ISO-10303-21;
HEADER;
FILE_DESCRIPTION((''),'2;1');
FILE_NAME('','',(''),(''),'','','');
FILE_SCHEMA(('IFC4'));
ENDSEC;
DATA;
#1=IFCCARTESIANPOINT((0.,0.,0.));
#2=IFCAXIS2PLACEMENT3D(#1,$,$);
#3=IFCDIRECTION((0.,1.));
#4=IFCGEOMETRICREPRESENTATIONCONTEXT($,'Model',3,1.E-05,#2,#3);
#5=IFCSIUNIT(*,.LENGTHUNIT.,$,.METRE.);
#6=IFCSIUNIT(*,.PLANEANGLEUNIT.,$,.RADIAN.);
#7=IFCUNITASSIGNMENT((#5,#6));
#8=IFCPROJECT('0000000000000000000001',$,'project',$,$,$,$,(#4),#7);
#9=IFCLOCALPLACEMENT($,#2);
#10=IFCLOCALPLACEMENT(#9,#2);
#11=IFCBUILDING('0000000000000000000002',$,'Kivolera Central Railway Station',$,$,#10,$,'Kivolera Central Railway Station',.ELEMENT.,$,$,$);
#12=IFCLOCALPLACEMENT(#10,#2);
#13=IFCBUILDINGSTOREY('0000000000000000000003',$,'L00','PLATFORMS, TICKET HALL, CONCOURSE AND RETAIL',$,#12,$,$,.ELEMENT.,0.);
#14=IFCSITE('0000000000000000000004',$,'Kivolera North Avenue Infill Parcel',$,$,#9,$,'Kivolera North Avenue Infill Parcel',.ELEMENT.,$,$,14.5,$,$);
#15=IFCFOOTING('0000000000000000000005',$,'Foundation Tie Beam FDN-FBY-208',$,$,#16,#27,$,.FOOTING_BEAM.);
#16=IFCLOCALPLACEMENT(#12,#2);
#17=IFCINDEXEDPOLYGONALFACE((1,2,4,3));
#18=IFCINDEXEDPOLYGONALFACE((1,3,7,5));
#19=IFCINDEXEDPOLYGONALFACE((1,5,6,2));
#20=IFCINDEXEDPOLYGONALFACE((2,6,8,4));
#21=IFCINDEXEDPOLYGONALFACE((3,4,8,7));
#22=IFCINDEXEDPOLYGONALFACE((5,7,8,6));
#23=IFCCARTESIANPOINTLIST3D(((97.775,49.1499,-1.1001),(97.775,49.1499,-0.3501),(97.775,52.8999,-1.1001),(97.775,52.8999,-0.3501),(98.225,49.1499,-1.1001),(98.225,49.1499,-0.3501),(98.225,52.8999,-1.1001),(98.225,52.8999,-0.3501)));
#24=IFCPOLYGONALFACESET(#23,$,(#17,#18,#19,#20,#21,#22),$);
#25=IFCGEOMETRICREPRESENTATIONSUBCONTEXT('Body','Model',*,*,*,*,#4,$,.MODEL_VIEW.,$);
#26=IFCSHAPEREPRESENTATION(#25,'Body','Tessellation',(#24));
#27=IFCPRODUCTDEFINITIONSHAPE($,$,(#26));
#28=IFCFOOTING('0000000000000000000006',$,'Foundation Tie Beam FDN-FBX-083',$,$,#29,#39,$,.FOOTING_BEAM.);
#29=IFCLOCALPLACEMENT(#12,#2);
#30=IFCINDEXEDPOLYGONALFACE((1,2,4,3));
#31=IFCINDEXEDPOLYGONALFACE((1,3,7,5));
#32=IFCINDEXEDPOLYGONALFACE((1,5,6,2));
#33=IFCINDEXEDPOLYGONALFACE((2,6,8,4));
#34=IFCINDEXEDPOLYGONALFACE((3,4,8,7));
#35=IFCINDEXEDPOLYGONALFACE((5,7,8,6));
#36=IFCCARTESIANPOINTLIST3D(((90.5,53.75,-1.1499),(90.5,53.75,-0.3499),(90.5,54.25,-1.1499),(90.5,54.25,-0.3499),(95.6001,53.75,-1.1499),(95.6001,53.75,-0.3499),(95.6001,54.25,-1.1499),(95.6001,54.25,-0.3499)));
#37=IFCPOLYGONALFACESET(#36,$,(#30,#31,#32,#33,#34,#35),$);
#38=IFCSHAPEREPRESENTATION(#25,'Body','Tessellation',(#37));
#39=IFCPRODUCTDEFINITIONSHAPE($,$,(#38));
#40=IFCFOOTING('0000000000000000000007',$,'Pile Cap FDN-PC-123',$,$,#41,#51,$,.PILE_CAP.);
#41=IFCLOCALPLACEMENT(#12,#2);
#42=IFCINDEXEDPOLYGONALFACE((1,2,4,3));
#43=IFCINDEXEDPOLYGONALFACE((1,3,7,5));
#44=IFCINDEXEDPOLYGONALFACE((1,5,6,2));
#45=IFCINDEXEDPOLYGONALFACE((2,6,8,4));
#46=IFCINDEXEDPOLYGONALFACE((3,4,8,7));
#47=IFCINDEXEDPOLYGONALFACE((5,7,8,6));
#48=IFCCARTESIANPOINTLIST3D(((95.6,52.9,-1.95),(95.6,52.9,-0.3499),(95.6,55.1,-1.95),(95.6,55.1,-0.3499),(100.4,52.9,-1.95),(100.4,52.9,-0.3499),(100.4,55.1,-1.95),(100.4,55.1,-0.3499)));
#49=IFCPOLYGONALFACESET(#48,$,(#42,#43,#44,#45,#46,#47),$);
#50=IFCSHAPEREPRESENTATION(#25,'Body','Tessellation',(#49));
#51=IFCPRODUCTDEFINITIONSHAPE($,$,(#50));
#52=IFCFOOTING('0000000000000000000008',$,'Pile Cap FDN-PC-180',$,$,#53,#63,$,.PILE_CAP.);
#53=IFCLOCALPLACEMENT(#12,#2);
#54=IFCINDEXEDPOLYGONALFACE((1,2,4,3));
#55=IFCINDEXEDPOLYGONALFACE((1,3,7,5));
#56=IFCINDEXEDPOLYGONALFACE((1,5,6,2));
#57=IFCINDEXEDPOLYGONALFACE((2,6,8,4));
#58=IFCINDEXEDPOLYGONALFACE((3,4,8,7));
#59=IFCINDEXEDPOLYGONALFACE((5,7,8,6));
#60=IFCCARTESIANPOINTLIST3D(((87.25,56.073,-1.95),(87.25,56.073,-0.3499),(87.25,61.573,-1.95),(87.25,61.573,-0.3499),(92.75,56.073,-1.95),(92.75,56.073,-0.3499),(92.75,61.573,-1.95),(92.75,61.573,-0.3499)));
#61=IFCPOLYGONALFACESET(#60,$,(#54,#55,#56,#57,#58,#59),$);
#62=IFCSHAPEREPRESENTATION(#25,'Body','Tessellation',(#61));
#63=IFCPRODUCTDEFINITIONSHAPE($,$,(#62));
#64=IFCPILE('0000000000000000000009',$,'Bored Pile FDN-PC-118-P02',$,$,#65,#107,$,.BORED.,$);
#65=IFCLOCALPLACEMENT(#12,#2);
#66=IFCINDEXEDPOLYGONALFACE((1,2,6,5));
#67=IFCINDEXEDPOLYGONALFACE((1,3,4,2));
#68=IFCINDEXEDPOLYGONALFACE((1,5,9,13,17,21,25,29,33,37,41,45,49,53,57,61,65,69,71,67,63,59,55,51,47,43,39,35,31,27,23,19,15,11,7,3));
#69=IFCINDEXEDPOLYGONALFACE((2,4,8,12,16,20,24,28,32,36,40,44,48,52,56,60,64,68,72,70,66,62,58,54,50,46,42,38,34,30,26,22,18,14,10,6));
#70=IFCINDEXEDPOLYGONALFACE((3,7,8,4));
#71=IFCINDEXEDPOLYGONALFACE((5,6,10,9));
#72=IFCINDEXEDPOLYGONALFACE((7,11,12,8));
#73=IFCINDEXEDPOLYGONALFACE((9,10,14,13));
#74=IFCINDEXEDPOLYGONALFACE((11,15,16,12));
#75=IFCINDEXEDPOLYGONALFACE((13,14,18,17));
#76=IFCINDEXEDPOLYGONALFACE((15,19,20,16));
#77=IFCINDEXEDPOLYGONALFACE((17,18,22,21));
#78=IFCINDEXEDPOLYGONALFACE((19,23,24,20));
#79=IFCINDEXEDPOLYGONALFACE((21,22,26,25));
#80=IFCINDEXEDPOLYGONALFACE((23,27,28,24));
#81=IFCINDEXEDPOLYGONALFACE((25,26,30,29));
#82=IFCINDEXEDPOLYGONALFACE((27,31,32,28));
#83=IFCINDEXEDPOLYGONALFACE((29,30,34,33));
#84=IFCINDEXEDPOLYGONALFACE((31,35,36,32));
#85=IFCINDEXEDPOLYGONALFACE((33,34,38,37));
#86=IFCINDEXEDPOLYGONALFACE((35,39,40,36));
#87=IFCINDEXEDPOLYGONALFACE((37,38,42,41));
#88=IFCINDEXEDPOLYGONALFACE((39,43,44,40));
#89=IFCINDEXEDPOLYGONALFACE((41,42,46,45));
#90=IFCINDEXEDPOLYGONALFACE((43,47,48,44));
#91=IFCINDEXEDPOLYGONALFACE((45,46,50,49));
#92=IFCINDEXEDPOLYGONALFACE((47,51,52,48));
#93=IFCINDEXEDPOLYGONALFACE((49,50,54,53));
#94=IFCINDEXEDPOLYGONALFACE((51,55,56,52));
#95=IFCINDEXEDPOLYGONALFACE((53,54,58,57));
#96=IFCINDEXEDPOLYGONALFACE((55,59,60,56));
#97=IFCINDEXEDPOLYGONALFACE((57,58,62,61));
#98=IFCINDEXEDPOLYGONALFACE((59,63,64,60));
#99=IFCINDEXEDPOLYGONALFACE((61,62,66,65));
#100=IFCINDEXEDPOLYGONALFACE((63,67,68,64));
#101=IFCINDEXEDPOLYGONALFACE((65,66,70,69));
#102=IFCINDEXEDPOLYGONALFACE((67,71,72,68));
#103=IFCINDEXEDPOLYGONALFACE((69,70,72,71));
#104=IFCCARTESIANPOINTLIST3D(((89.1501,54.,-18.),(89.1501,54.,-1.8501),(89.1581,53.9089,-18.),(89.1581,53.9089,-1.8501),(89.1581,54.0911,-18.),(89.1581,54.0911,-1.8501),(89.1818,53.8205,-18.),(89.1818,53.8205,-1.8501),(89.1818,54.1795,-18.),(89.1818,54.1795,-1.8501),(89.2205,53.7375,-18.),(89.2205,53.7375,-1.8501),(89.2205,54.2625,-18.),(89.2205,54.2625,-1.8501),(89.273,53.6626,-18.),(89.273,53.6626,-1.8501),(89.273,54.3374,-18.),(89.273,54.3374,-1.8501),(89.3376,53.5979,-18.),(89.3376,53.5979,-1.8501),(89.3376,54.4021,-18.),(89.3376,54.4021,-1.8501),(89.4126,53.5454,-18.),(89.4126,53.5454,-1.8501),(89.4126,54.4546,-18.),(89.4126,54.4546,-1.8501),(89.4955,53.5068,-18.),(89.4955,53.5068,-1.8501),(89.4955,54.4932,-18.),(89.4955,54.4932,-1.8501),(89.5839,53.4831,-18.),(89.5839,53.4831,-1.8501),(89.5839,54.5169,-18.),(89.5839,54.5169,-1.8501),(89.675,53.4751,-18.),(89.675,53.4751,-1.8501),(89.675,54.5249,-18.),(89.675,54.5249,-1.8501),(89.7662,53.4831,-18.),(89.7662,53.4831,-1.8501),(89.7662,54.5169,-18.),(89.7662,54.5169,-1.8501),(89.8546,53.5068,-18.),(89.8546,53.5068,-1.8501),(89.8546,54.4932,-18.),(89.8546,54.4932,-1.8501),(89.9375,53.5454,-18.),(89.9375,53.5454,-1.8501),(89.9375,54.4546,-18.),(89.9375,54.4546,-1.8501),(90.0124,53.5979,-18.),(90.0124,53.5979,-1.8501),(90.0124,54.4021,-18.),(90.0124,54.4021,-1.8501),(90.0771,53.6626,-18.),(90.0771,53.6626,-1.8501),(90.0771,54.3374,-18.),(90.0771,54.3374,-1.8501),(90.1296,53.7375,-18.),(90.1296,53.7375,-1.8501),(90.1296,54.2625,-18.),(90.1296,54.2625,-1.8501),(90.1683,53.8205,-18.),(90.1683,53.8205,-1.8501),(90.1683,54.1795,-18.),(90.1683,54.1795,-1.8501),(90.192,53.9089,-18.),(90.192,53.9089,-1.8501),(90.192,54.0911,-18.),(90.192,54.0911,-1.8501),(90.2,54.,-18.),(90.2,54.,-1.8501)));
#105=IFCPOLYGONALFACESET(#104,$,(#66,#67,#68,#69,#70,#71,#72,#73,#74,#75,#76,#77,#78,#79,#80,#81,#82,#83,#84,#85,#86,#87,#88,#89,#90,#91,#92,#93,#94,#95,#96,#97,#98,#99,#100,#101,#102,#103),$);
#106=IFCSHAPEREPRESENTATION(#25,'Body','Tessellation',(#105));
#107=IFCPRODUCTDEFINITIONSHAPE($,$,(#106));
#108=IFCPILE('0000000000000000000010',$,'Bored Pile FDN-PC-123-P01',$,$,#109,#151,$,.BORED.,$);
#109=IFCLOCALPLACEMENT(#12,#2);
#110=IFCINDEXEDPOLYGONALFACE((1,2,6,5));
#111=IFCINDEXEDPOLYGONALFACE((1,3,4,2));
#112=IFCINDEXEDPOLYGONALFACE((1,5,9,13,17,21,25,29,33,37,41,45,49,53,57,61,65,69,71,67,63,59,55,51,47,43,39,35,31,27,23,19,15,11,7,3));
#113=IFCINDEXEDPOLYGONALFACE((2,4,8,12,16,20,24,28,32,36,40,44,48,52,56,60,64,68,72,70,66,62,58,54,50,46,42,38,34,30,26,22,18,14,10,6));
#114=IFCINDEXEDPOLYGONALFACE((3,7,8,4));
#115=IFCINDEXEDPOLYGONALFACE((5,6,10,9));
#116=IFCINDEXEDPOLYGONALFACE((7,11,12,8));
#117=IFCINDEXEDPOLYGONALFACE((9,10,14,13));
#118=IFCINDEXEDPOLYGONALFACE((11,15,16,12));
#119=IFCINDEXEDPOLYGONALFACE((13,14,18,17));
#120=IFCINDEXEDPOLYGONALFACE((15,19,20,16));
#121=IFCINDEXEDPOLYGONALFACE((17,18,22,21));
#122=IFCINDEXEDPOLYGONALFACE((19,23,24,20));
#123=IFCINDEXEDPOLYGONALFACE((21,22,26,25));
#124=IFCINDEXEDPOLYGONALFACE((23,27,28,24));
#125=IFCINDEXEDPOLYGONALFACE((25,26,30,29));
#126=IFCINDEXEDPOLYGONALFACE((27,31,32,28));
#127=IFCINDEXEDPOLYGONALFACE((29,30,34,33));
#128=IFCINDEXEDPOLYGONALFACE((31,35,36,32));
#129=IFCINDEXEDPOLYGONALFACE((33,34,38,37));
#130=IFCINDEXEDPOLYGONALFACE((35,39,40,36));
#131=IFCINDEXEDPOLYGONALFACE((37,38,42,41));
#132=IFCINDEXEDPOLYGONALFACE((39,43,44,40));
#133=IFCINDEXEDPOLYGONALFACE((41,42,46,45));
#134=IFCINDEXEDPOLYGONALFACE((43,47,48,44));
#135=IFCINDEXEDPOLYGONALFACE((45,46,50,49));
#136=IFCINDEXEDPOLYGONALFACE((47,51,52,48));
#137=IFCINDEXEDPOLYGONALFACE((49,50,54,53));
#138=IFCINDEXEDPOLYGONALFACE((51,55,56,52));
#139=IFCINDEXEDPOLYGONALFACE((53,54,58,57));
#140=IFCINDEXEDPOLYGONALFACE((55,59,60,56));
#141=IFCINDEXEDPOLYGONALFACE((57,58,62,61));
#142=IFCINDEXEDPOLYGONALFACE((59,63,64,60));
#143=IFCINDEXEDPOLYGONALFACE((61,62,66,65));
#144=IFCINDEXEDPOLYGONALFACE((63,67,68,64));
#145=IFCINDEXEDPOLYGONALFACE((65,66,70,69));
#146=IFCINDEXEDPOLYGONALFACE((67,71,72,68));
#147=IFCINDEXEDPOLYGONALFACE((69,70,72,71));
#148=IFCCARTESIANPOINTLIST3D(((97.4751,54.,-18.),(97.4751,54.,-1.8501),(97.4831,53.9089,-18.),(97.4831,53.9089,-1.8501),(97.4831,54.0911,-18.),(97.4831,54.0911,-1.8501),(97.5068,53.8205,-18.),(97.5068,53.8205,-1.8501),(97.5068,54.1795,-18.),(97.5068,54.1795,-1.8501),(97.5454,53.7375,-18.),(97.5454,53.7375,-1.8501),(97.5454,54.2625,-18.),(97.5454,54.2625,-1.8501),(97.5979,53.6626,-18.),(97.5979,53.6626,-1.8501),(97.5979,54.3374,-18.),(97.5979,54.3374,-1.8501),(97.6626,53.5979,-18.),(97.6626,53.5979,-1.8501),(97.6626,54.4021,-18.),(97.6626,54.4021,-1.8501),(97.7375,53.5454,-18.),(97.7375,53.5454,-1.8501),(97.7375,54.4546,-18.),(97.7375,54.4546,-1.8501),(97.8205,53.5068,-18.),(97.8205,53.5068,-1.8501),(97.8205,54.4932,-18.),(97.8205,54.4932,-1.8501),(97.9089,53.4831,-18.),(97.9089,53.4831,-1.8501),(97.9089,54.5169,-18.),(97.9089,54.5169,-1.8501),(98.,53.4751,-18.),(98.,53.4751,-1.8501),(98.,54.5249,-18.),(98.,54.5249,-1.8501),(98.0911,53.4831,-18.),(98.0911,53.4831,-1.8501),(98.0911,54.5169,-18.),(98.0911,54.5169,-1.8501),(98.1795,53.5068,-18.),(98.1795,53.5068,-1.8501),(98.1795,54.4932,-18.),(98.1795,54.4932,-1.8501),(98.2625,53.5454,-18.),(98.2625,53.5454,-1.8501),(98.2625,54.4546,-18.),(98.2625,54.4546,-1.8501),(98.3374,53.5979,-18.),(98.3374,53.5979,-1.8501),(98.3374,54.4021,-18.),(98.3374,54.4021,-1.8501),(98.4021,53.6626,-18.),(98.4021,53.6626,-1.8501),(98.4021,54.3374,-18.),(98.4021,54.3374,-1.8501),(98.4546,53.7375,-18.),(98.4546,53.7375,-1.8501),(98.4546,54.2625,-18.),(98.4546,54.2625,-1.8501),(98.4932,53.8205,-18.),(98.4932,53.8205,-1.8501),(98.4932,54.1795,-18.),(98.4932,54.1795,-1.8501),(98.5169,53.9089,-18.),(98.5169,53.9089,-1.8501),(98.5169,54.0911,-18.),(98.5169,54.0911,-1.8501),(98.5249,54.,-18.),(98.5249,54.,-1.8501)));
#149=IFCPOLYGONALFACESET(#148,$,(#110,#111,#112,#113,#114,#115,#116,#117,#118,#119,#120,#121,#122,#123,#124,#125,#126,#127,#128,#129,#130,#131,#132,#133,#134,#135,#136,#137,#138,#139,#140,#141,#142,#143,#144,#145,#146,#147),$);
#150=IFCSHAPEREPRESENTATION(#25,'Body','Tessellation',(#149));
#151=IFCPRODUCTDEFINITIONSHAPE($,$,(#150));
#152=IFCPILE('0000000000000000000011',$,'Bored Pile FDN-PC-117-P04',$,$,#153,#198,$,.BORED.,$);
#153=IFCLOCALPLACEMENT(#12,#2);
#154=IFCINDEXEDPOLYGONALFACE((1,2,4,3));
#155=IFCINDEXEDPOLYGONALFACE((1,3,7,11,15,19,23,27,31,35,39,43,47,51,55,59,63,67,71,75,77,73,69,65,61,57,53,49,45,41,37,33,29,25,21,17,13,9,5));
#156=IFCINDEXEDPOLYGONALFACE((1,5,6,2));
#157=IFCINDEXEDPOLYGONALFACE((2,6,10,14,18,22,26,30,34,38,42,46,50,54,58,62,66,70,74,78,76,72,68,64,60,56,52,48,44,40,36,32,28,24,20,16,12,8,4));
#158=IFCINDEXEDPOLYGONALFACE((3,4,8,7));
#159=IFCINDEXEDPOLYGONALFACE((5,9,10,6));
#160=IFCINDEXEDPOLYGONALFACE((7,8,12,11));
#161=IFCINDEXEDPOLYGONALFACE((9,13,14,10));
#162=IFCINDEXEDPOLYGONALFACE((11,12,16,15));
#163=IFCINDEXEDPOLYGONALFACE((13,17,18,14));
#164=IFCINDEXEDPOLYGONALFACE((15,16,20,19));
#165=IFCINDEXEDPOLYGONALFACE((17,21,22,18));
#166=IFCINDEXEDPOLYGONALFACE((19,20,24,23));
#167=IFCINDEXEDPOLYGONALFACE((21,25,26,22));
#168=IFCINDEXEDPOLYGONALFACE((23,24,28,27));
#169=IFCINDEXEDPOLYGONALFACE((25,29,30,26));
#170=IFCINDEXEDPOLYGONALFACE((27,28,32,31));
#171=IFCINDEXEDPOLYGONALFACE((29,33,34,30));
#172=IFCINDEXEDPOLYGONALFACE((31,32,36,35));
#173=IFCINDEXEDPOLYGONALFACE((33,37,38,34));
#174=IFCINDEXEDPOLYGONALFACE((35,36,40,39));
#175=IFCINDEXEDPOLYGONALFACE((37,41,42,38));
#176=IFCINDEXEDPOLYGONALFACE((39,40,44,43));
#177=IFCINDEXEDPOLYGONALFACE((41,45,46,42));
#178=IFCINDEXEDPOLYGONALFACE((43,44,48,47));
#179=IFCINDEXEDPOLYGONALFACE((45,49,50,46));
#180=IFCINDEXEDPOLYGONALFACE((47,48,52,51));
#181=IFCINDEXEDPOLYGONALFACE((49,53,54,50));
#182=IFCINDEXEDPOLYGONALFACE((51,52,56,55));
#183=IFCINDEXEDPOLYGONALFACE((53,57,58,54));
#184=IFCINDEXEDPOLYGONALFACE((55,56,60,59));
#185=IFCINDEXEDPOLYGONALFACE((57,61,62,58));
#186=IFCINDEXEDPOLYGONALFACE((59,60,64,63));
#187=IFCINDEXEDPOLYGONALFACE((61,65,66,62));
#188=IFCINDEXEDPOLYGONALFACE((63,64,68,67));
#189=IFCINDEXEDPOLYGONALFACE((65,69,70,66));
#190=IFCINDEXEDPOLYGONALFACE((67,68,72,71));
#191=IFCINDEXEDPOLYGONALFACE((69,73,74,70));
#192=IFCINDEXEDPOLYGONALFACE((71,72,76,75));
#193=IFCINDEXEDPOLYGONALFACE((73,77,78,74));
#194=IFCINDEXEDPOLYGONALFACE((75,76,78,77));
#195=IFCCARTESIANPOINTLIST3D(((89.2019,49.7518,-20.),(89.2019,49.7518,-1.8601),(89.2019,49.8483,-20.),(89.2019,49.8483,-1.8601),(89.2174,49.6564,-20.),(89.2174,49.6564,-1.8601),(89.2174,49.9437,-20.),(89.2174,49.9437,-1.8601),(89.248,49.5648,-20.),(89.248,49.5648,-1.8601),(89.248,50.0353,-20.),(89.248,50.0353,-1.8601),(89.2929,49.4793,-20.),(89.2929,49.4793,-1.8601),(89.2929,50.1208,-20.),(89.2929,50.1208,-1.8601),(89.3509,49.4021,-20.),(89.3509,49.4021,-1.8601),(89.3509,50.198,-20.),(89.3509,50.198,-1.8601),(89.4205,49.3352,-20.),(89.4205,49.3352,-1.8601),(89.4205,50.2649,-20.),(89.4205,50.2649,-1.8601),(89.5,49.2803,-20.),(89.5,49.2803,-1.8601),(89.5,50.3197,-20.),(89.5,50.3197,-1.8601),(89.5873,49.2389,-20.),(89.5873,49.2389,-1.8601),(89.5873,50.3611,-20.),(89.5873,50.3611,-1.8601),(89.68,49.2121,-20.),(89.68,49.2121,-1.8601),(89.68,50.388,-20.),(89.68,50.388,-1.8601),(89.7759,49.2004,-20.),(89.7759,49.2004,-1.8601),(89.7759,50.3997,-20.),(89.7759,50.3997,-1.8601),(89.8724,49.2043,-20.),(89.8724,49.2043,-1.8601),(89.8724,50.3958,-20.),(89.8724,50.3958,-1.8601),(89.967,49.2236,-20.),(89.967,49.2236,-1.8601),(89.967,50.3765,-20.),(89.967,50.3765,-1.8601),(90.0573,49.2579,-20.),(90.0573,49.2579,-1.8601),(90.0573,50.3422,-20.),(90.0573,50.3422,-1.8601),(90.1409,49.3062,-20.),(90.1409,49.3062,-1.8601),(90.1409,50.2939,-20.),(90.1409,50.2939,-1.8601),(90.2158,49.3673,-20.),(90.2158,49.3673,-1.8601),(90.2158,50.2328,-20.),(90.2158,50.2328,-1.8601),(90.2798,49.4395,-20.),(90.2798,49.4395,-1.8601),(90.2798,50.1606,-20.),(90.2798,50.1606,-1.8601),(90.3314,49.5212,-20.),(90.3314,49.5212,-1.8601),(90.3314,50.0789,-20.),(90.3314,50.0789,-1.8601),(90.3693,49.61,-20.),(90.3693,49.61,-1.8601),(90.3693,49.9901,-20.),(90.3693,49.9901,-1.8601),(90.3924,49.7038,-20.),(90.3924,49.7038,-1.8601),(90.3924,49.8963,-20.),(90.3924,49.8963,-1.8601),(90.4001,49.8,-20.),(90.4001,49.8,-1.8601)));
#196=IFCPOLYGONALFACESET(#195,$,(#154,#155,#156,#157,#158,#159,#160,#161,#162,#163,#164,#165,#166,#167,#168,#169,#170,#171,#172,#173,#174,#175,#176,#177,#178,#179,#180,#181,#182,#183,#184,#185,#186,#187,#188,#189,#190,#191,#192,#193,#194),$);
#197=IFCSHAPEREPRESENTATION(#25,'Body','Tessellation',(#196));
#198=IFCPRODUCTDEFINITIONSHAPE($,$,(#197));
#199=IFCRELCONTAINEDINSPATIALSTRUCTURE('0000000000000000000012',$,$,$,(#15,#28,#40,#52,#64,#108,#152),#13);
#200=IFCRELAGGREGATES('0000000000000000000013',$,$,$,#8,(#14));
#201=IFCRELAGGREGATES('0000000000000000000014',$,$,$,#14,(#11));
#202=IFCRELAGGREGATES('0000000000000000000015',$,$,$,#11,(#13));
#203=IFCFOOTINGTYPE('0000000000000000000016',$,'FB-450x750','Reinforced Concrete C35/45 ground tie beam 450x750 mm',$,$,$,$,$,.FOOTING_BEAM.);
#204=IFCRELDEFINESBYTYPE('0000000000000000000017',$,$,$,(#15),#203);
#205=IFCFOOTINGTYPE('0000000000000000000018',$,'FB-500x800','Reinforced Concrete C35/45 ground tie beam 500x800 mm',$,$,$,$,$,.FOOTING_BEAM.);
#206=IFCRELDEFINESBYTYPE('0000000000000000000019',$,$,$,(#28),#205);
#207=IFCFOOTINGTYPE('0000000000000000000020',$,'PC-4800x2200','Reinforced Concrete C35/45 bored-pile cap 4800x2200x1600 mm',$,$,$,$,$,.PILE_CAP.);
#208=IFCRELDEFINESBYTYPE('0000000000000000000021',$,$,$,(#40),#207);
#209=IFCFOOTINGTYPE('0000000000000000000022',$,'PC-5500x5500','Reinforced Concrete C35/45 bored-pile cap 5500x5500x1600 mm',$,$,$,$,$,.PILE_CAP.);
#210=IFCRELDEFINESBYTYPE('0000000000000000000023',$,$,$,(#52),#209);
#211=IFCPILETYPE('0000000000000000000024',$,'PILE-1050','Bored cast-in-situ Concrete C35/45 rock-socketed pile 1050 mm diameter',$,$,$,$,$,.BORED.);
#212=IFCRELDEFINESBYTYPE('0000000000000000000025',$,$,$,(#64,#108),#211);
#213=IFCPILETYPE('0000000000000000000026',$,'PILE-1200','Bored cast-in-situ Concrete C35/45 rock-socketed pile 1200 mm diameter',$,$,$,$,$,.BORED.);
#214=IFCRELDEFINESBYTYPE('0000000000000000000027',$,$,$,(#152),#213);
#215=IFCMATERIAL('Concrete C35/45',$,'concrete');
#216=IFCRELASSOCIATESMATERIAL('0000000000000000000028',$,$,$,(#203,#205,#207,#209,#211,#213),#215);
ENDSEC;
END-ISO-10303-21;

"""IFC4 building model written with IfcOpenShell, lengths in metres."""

from ifc_helpers import new_model, si_unit, direction, frame, origin, origin_2d, place, context, subcontext, project, spatial, rectangle, circle, extrude, material, material_profile, profile_set, type_object, element, save


model = new_model("IFC4")

# Units and contexts
model_context = context("Model", 3, precision=1e-05, world=origin(), true_north=direction((0.0, 1.0)))
body_context = subcontext(model_context, "Body", "Model", "MODEL_VIEW")
ifc_project = project(units=[si_unit("LENGTHUNIT", "METRE"), si_unit("PLANEANGLEUNIT", "RADIAN")], contexts=[model_context])

# Site, building, storey
site_placement = place(None, origin())
site = spatial("IfcSite", under=ifc_project, at=site_placement, Name="Kivolera North Avenue Infill Parcel", LongName="Kivolera North Avenue Infill Parcel", CompositionType="ELEMENT", RefElevation=14.5)
building_placement = place(site_placement, origin())
building = spatial("IfcBuilding", under=site, at=building_placement, Name="Kivolera Central Railway Station", LongName="Kivolera Central Railway Station", CompositionType="ELEMENT")
storey_placement = place(building_placement, origin())
storey = spatial("IfcBuildingStorey", under=building, at=storey_placement, Name="L00", Description="PLATFORMS, TICKET HALL, CONCOURSE AND RETAIL", CompositionType="ELEMENT", Elevation=0.0)

# Footings
ifc_material_1 = material(Name="Concrete C35/45", Category="concrete")
footing_type_1 = type_object("IfcFootingType", Name="FB-450x750", Description="Reinforced Concrete C35/45 ground tie beam 450x750 mm", PredefinedType="FOOTING_BEAM", material=ifc_material_1)
footing_1_placement = place(storey_placement, frame((98.0, 51.0249, -1.1001), z_axis=(0.0, 0.0, 1.0), x_axis=(1.0, 0.0, 0.0)))
element("IfcFooting", 1, at=footing_1_placement, inside=storey, type_object=footing_type_1, Name="Foundation Tie Beam FDN-FBY-208", PredefinedType="FOOTING_BEAM", context=body_context, shape_type="SweptSolid", body=[
    extrude(rectangle(XDim=0.45, YDim=3.75, at=origin_2d()), origin(), (0.0, 0.0, 1.0), 0.75),
])
footing_type_2 = type_object("IfcFootingType", Name="FB-500x800", Description="Reinforced Concrete C35/45 ground tie beam 500x800 mm", PredefinedType="FOOTING_BEAM", material=ifc_material_1)
footing_2_placement = place(storey_placement, frame((93.05, 54.0, -1.1499), z_axis=(0.0, 0.0, 1.0), x_axis=(1.0, 0.0, 0.0)))
element("IfcFooting", 2, at=footing_2_placement, inside=storey, type_object=footing_type_2, Name="Foundation Tie Beam FDN-FBX-083", PredefinedType="FOOTING_BEAM", context=body_context, shape_type="SweptSolid", body=[
    extrude(rectangle(XDim=5.1001, YDim=0.5, at=origin_2d()), origin(), (0.0, 0.0, 1.0), 0.8),
])
footing_type_3 = type_object("IfcFootingType", Name="PC-4800x2200", Description="Reinforced Concrete C35/45 bored-pile cap 4800x2200x1600 mm", PredefinedType="PILE_CAP", material=ifc_material_1)
footing_3_placement = place(storey_placement, frame((98.0, 54.0, -1.95), z_axis=(0.0, 0.0, 1.0), x_axis=(1.0, 0.0, 0.0)))
element("IfcFooting", 3, at=footing_3_placement, inside=storey, type_object=footing_type_3, Name="Pile Cap FDN-PC-123", PredefinedType="PILE_CAP", context=body_context, shape_type="SweptSolid", body=[
    extrude(rectangle(XDim=4.8, YDim=2.2, at=origin_2d()), origin(), (0.0, 0.0, 1.0), 1.6001),
])
footing_type_4 = type_object("IfcFootingType", Name="PC-5500x5500", Description="Reinforced Concrete C35/45 bored-pile cap 5500x5500x1600 mm", PredefinedType="PILE_CAP", material=ifc_material_1)
footing_4_placement = place(storey_placement, frame((90.0, 58.823, -1.95), z_axis=(0.0, 0.0, 1.0), x_axis=(1.0, 0.0, 0.0)))
element("IfcFooting", 4, at=footing_4_placement, inside=storey, type_object=footing_type_4, Name="Pile Cap FDN-PC-180", PredefinedType="PILE_CAP", context=body_context, shape_type="SweptSolid", body=[
    extrude(rectangle(XDim=5.5, YDim=5.5, at=origin_2d()), origin(), (0.0, 0.0, 1.0), 1.6001),
])

# Piles
ifc_material_profile_1 = material_profile(ifc_material_1, circle(Radius=0.5249, at=origin_2d()), Name="PILE D1050")
ifc_profile_set_1 = profile_set([ifc_material_profile_1], Name="Concrete C35/45")
pile_type_1 = type_object("IfcPileType", Name="PILE-1050", Description="Bored cast-in-situ Concrete C35/45 rock-socketed pile 1050 mm diameter", PredefinedType="BORED", material=ifc_profile_set_1)
for number, where, z_axis, x_axis, name in (
    (5, (89.675, 54.0, -1.8501), (0.0, 0.0, -1.0), (1.0, 0.0, 0.0), "Bored Pile FDN-PC-118-P02"),
    (6, (98.0, 54.0, -1.8501), (0.0, 0.0, -1.0), (1.0, 0.0, 0.0), "Bored Pile FDN-PC-123-P01"),
):
    element("IfcPile", number, at=place(storey_placement, frame(where, z_axis=z_axis, x_axis=x_axis)), inside=storey, type_object=pile_type_1, Name=name, PredefinedType="BORED", context=body_context, shape_type="SweptSolid", body=[
        extrude(circle(Radius=0.5249, at=origin_2d()), origin(), (0.0, 0.0, 1.0), 16.1499),
    ])
ifc_material_profile_2 = material_profile(ifc_material_1, circle(Radius=0.6001, at=origin_2d()), Name="PILE D1200")
ifc_profile_set_2 = profile_set([ifc_material_profile_2], Name="Concrete C35/45")
pile_type_2 = type_object("IfcPileType", Name="PILE-1200", Description="Bored cast-in-situ Concrete C35/45 rock-socketed pile 1200 mm diameter", PredefinedType="BORED", material=ifc_profile_set_2)
pile_placement = place(storey_placement, frame((89.8, 49.8, -1.8601), z_axis=(0.0, 0.0, -1.0), x_axis=(1.0, 0.0, 0.0)))
element("IfcPile", 7, at=pile_placement, inside=storey, type_object=pile_type_2, Name="Bored Pile FDN-PC-117-P04", PredefinedType="BORED", context=body_context, shape_type="SweptSolid", body=[
    extrude(circle(Radius=0.6001, at=origin_2d()), origin(), (0.0, 0.0, 1.0), 18.1399),
])

save(model, "model.ifc")
